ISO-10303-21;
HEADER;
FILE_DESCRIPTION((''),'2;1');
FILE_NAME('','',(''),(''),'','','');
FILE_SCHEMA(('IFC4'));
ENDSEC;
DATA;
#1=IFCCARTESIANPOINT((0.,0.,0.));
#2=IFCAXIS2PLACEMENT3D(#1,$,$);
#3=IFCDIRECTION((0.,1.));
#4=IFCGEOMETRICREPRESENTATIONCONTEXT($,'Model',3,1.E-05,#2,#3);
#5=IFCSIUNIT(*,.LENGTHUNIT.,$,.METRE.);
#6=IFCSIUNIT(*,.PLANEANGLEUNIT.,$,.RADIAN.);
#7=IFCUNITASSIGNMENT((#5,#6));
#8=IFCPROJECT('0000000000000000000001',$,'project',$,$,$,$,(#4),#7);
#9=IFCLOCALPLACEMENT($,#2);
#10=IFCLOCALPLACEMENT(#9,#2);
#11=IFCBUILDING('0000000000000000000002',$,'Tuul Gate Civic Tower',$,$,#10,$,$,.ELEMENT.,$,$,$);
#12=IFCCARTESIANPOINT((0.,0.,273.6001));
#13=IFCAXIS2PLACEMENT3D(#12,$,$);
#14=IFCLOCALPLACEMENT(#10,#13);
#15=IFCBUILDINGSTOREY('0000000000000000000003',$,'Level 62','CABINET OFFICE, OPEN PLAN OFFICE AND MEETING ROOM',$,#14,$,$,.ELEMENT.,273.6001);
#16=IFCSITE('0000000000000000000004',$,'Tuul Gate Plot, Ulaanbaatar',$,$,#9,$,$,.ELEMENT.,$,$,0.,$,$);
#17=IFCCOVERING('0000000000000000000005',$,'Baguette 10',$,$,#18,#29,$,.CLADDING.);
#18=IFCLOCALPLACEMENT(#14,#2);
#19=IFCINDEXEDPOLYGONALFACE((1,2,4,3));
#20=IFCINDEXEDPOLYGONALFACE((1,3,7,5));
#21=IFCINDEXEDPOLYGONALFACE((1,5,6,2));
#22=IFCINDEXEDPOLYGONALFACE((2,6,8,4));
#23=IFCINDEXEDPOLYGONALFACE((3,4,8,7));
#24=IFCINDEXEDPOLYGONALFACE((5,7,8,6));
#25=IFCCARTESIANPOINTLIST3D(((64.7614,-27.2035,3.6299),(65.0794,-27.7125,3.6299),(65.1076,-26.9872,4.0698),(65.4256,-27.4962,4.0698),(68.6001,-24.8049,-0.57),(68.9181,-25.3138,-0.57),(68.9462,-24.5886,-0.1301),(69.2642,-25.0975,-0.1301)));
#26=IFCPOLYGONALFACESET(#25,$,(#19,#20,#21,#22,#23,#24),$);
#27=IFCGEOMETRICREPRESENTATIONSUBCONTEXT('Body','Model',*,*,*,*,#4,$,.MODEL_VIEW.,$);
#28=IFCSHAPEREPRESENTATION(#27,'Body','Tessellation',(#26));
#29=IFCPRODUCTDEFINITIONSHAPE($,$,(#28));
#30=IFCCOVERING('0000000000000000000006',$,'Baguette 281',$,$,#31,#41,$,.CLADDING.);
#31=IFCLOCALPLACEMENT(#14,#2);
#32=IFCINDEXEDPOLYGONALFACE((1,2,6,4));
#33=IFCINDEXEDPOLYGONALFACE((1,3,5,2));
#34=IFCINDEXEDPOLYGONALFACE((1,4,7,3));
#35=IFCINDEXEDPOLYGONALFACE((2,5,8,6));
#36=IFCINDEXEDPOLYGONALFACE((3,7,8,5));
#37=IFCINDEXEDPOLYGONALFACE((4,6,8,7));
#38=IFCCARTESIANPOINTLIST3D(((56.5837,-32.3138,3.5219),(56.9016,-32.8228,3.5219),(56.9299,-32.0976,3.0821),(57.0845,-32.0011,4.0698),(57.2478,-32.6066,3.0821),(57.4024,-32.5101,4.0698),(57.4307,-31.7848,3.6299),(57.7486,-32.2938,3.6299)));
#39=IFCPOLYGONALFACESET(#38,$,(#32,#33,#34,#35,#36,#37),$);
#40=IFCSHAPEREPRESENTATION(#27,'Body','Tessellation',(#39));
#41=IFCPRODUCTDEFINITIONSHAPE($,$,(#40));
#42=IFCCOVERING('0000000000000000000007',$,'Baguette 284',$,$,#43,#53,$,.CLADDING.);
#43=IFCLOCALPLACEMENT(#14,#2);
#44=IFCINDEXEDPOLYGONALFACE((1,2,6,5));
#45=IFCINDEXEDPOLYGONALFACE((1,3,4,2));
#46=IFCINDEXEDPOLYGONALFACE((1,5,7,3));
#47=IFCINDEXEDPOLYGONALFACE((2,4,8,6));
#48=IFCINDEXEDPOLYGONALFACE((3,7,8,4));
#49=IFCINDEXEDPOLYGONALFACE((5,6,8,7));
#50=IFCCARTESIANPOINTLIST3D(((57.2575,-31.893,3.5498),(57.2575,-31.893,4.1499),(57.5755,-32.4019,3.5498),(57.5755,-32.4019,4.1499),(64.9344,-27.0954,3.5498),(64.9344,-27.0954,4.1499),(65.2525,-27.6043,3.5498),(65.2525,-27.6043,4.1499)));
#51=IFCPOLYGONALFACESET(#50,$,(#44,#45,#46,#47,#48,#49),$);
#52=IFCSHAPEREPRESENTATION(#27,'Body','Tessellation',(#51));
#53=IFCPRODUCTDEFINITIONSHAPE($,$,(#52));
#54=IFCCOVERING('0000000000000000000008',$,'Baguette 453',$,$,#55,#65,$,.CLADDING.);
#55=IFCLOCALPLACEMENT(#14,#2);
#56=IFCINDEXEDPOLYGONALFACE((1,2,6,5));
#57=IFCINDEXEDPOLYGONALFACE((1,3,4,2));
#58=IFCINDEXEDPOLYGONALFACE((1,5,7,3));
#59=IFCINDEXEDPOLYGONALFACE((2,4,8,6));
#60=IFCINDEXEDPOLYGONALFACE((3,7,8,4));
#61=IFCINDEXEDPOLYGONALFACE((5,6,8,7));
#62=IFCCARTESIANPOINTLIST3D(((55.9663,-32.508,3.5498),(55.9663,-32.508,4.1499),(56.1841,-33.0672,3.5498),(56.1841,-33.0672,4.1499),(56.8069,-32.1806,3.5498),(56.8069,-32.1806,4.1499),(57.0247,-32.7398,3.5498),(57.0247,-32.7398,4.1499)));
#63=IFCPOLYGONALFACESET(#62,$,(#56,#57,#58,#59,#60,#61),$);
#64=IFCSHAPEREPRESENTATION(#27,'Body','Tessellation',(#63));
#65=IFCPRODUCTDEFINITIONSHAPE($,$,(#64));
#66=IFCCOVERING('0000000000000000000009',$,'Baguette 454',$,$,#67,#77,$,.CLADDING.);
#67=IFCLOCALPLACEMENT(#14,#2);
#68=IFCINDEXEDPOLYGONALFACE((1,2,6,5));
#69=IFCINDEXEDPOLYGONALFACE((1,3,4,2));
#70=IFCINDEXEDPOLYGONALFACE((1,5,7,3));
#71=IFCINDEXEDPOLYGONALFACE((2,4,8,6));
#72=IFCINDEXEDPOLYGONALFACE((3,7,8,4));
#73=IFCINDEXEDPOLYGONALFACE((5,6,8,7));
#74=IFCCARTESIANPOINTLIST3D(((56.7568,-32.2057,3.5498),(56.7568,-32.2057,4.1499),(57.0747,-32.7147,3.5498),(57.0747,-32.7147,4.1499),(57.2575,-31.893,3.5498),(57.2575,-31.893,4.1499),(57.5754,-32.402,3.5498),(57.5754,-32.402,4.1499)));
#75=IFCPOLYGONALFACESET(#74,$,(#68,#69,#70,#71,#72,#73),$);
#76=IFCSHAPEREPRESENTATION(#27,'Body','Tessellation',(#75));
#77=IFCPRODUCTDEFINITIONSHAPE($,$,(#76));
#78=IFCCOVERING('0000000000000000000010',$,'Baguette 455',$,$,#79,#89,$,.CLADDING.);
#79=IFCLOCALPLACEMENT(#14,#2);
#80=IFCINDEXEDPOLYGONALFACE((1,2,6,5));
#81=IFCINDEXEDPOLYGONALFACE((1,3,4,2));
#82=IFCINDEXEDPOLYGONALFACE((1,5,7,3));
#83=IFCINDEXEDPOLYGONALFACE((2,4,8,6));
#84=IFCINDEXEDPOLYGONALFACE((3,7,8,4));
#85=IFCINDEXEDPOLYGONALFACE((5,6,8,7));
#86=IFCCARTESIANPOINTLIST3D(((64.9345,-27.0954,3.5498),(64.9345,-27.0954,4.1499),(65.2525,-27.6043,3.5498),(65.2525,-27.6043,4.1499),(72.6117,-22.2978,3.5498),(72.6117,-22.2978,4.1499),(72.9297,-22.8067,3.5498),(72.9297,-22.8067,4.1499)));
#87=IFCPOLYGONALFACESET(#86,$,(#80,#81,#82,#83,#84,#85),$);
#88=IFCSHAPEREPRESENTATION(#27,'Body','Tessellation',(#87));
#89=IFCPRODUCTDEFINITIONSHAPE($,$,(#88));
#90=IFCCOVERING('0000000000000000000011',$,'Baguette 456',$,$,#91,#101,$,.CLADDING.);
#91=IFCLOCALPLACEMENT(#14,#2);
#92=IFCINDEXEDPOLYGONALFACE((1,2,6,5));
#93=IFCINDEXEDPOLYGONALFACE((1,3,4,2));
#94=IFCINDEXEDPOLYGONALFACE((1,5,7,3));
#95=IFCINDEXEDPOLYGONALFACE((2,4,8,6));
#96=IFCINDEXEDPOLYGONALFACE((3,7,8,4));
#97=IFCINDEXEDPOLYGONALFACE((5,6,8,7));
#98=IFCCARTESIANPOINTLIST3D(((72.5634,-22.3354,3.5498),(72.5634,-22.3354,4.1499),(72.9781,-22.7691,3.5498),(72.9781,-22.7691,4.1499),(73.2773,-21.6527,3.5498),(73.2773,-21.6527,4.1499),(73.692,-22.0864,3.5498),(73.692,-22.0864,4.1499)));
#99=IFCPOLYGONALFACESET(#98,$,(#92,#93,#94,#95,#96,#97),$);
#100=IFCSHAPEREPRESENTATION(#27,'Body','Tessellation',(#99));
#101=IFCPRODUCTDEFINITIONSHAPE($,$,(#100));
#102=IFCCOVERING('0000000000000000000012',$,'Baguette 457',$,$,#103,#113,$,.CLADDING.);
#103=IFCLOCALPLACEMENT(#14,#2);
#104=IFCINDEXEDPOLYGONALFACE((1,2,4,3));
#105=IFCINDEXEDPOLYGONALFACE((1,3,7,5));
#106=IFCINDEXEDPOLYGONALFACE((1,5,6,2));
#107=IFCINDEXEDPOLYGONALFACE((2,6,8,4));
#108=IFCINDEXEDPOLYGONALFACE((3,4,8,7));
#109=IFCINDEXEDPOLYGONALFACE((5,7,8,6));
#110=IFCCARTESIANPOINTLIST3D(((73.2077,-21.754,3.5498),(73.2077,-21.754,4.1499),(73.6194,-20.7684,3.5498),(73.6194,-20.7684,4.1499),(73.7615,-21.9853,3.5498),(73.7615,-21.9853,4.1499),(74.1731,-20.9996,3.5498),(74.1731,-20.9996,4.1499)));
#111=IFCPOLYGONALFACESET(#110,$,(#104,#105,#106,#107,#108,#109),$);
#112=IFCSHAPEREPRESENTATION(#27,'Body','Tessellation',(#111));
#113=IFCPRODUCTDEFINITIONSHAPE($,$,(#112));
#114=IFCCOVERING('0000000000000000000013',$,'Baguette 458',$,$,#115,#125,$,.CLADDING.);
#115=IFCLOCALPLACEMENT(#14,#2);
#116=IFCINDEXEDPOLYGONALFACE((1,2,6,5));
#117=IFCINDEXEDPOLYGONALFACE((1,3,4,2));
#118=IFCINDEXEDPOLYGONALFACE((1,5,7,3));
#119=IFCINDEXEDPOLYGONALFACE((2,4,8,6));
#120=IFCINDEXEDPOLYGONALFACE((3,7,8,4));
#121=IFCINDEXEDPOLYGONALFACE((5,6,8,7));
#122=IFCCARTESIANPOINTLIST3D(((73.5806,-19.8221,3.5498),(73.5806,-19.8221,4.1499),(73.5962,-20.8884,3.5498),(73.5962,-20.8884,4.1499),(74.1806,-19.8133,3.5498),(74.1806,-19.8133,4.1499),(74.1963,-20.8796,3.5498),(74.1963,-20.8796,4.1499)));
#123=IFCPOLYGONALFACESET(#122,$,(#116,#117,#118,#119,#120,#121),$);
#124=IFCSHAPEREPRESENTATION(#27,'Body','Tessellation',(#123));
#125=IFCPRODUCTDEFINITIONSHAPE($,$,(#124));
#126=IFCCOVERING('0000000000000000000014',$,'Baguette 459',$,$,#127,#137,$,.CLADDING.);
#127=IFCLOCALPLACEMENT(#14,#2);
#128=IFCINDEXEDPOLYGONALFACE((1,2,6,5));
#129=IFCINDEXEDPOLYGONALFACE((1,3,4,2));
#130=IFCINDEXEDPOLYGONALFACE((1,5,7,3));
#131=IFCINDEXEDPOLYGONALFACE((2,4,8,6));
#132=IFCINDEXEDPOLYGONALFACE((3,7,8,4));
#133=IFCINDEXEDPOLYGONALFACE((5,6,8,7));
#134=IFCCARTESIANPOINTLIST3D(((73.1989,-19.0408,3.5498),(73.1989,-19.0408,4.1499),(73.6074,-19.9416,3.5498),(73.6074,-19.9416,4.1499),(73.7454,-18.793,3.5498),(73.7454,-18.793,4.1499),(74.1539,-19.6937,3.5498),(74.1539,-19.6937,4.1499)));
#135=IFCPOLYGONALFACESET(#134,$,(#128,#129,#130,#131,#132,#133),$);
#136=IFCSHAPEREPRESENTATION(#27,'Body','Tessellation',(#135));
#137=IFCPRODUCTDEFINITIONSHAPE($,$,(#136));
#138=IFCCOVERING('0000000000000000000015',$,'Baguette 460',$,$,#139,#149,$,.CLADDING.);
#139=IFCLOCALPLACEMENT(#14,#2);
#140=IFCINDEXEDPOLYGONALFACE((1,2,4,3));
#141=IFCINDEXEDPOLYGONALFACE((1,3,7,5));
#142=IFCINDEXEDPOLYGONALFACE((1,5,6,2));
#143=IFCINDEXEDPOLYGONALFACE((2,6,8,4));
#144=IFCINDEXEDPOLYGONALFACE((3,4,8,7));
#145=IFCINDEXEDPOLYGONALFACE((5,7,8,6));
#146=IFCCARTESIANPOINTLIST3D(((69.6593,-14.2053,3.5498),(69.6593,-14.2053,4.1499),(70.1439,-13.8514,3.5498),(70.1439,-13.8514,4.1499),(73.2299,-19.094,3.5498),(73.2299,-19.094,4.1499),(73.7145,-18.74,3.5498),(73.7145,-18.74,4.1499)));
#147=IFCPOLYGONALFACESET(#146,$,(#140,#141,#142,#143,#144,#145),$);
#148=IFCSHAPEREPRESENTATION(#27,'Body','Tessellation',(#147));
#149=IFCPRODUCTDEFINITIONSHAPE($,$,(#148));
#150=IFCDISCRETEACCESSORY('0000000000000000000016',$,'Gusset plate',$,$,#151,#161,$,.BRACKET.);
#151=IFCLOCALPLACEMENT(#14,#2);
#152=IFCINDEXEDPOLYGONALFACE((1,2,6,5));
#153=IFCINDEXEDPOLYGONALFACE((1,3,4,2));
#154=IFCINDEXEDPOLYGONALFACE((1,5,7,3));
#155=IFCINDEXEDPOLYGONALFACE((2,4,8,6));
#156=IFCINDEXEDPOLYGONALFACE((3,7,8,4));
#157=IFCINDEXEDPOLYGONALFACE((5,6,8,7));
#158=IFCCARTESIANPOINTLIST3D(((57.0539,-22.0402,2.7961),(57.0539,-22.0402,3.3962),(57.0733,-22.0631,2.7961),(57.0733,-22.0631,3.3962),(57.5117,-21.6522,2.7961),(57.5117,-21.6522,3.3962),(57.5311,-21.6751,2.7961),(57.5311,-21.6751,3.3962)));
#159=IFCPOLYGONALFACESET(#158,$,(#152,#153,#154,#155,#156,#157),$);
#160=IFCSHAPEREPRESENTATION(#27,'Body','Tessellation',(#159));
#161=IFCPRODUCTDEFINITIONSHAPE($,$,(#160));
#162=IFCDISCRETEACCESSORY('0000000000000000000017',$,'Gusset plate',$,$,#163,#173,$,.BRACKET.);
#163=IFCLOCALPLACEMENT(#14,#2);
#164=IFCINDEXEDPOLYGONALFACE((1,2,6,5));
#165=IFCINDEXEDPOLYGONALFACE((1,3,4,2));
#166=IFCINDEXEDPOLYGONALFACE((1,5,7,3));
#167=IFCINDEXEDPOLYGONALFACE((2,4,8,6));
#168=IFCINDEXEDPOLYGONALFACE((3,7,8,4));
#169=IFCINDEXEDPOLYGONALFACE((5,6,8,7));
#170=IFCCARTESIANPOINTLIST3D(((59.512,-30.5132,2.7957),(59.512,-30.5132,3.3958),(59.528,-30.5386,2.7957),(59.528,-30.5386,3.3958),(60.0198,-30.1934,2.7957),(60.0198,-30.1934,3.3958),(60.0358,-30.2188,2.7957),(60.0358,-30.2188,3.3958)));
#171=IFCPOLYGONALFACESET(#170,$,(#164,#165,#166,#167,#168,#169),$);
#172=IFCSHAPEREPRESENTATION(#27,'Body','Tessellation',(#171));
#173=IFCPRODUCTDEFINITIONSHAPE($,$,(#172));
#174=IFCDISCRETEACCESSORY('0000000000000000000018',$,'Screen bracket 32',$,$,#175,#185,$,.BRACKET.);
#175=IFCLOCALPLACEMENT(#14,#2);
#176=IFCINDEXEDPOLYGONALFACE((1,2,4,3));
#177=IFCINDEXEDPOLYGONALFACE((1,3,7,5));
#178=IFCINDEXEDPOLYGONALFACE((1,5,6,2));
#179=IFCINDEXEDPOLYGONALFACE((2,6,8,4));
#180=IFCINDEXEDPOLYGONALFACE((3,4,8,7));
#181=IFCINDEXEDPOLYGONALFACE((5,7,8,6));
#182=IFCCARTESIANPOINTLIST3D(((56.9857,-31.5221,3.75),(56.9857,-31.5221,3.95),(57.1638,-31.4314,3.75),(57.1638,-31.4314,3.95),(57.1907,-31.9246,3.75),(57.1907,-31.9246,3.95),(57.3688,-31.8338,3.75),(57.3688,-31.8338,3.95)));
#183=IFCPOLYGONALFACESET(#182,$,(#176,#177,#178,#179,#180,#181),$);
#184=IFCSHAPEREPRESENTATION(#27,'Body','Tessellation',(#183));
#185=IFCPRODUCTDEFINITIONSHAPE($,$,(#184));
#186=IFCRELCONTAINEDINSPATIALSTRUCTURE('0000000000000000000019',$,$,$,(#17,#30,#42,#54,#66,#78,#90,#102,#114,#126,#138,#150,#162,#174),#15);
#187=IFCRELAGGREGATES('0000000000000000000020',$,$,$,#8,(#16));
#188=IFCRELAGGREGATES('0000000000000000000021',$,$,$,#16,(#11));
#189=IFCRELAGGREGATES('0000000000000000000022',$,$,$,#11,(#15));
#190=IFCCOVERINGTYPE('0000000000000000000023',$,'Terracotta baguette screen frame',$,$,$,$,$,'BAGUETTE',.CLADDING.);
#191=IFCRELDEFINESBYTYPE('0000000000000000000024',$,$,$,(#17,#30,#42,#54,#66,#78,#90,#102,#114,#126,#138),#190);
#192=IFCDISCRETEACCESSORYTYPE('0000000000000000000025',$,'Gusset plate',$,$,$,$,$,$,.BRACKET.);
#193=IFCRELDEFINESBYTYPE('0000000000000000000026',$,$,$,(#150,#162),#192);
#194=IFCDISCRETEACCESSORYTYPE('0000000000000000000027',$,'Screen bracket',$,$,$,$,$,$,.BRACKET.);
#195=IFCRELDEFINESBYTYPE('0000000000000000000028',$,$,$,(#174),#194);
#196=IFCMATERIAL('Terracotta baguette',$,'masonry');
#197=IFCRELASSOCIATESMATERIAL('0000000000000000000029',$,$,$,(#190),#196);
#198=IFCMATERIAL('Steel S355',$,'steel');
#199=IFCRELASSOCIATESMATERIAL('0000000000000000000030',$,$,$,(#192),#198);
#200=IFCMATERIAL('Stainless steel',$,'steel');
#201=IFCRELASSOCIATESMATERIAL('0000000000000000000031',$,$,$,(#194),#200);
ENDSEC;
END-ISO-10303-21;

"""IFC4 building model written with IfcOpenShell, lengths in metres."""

from ifc_helpers import new_model, si_unit, direction, frame, origin, origin_2d, place, context, subcontext, project, spatial, rectangle, extrude, material, material_profile, profile_set, type_object, element, save


model = new_model("IFC4")

# Units and contexts
model_context = context("Model", 3, precision=1e-05, world=origin(), true_north=direction((0.0, 1.0)))
body_context = subcontext(model_context, "Body", "Model", "MODEL_VIEW")
ifc_project = project(units=[si_unit("LENGTHUNIT", "METRE"), si_unit("PLANEANGLEUNIT", "RADIAN")], contexts=[model_context])

# Site, building, storey
site_placement = place(None, origin())
site = spatial("IfcSite", under=ifc_project, at=site_placement, Name="Tuul Gate Plot, Ulaanbaatar", CompositionType="ELEMENT", RefElevation=0.0)
building_placement = place(site_placement, origin())
building = spatial("IfcBuilding", under=site, at=building_placement, Name="Tuul Gate Civic Tower", CompositionType="ELEMENT")
storey_placement = place(building_placement, frame((0.0, 0.0, 273.6001)))
storey = spatial("IfcBuildingStorey", under=building, at=storey_placement, Name="Level 62", Description="CABINET OFFICE, OPEN PLAN OFFICE AND MEETING ROOM", CompositionType="ELEMENT", Elevation=273.6001)

# Coverings
ifc_material_1 = material(Name="Terracotta baguette", Category="masonry")
ifc_material_profile_1 = material_profile(ifc_material_1, rectangle(XDim=0.6001, YDim=0.6001, at=origin_2d()), Name="Terracotta baguette screen frame")
ifc_profile_set_1 = profile_set([ifc_material_profile_1], Name="Terracotta baguette")
covering_type = type_object("IfcCoveringType", Name="Terracotta baguette screen frame", ElementType="BAGUETTE", PredefinedType="CLADDING", material=ifc_profile_set_1)
covering_1_placement = place(storey_placement, frame((68.9321, -24.9512, -0.3501), z_axis=(-0.621658, -0.388462, 0.680175), x_axis=(0.529926, -0.848044, 0.0)))
element("IfcCovering", 1, at=covering_1_placement, inside=storey, type_object=covering_type, Name="Baguette 10", PredefinedType="CLADDING", context=body_context, shape_type="SweptSolid", body=[
    extrude(rectangle(XDim=0.6001, YDim=0.6001, at=origin_2d()), origin(), (0.0, 0.0, 1.0), 6.1748),
])
covering_2_placement = place(storey_placement, frame((56.9158, -32.4602, 3.302), z_axis=(0.621712, 0.388305, 0.680216), x_axis=(-0.529739, 0.848161, 0.0)))
element("IfcCovering", 2, at=covering_2_placement, inside=storey, type_object=covering_type, Name="Baguette 281", PredefinedType="CLADDING", context=body_context, shape_type="SweptSolid", body=[
    extrude(rectangle(XDim=0.6001, YDim=0.6001, at=origin_2d()), origin(), (0.0, 0.0, 1.0), 0.8054),
])
covering_3_placement = place(storey_placement, frame((57.4165, -32.1475, 3.8499), z_axis=(0.848024, 0.529958, 0.0), x_axis=(-0.529958, 0.848024, 0.0)))
element("IfcCovering", 3, at=covering_3_placement, inside=storey, type_object=covering_type, Name="Baguette 284", PredefinedType="CLADDING", context=body_context, shape_type="SweptSolid", body=[
    extrude(rectangle(XDim=0.6001, YDim=0.6001, at=origin_2d()), origin(), (0.0, 0.0, 1.0), 9.0527),
])
covering_4_placement = place(storey_placement, frame((56.0752, -32.7876, 3.8499), z_axis=(0.931817, 0.362929, 0.0), x_axis=(-0.362929, 0.931817, 0.0)))
element("IfcCovering", 4, at=covering_4_placement, inside=storey, type_object=covering_type, Name="Baguette 453", PredefinedType="CLADDING", context=body_context, shape_type="SweptSolid", body=[
    extrude(rectangle(XDim=0.6001, YDim=0.6001, at=origin_2d()), origin(), (0.0, 0.0, 1.0), 0.9021),
])
covering_5_placement = place(storey_placement, frame((56.9158, -32.4602, 3.8499), z_axis=(0.848161, 0.529739, 0.0), x_axis=(-0.529739, 0.848161, 0.0)))
element("IfcCovering", 5, at=covering_5_placement, inside=storey, type_object=covering_type, Name="Baguette 454", PredefinedType="CLADDING", context=body_context, shape_type="SweptSolid", body=[
    extrude(rectangle(XDim=0.6001, YDim=0.6001, at=origin_2d()), origin(), (0.0, 0.0, 1.0), 0.5903),
])
covering_6_placement = place(storey_placement, frame((65.0935, -27.3499, 3.8499), z_axis=(0.848032, 0.529946, 0.0), x_axis=(-0.529946, 0.848032, 0.0)))
element("IfcCovering", 6, at=covering_6_placement, inside=storey, type_object=covering_type, Name="Baguette 455", PredefinedType="CLADDING", context=body_context, shape_type="SweptSolid", body=[
    extrude(rectangle(XDim=0.6001, YDim=0.6001, at=origin_2d()), origin(), (0.0, 0.0, 1.0), 9.053),
])
covering_7_placement = place(storey_placement, frame((72.7708, -22.5522, 3.8499), z_axis=(0.722749, 0.69111, 0.0), x_axis=(-0.69111, 0.722749, 0.0)))
element("IfcCovering", 7, at=covering_7_placement, inside=storey, type_object=covering_type, Name="Baguette 456", PredefinedType="CLADDING", context=body_context, shape_type="SweptSolid", body=[
    extrude(rectangle(XDim=0.6001, YDim=0.6001, at=origin_2d()), origin(), (0.0, 0.0, 1.0), 0.9878),
])
covering_8_placement = place(storey_placement, frame((73.4846, -21.8696, 3.8499), z_axis=(0.385378, 0.922759, 0.0), x_axis=(-0.922759, 0.385378, 0.0)))
element("IfcCovering", 8, at=covering_8_placement, inside=storey, type_object=covering_type, Name="Baguette 457", PredefinedType="CLADDING", context=body_context, shape_type="SweptSolid", body=[
    extrude(rectangle(XDim=0.6001, YDim=0.6001, at=origin_2d()), origin(), (0.0, 0.0, 1.0), 1.0681),
])
covering_9_placement = place(storey_placement, frame((73.8962, -20.884, 3.8499), z_axis=(-0.01465, 0.999893, 0.0), x_axis=(-0.999893, -0.01465, 0.0)))
element("IfcCovering", 9, at=covering_9_placement, inside=storey, type_object=covering_type, Name="Baguette 458", PredefinedType="CLADDING", context=body_context, shape_type="SweptSolid", body=[
    extrude(rectangle(XDim=0.6001, YDim=0.6001, at=origin_2d()), origin(), (0.0, 0.0, 1.0), 1.0664),
])
covering_10_placement = place(storey_placement, frame((73.8806, -19.8176, 3.8499), z_axis=(-0.413022, 0.910721, 0.0), x_axis=(-0.910721, -0.413022, 0.0)))
element("IfcCovering", 10, at=covering_10_placement, inside=storey, type_object=covering_type, Name="Baguette 459", PredefinedType="CLADDING", context=body_context, shape_type="SweptSolid", body=[
    extrude(rectangle(XDim=0.6001, YDim=0.6001, at=origin_2d()), origin(), (0.0, 0.0, 1.0), 0.989),
])
covering_11_placement = place(storey_placement, frame((73.4722, -18.917, 3.8499), z_axis=(-0.589808, 0.807543, 0.0), x_axis=(-0.807543, -0.589808, 0.0)))
element("IfcCovering", 11, at=covering_11_placement, inside=storey, type_object=covering_type, Name="Baguette 460", PredefinedType="CLADDING", context=body_context, shape_type="SweptSolid", body=[
    extrude(rectangle(XDim=0.6001, YDim=0.6001, at=origin_2d()), origin(), (0.0, 0.0, 1.0), 6.0537),
])

# Discrete accessories
ifc_material_2 = material(Name="Steel S355", Category="steel")
discrete_accessory_type_1 = type_object("IfcDiscreteAccessoryType", Name="Gusset plate", PredefinedType="BRACKET", material=ifc_material_2)
for number, where, z_axis, x_axis, name in (
    (12, (57.2925, -21.8577, 2.7961), (0.0, 0.0, 1.0), (0.762825, 0.646605, 0.0), "Gusset plate"),
    (13, (59.7739, -30.366, 2.7957), (0.0, 0.0, 1.0), (0.846187, 0.532886, 0.0), "Gusset plate"),
):
    element("IfcDiscreteAccessory", number, at=place(storey_placement, frame(where, z_axis=z_axis, x_axis=x_axis)), inside=storey, type_object=discrete_accessory_type_1, Name=name, PredefinedType="BRACKET", context=body_context, shape_type="SweptSolid", body=[
        extrude(rectangle(XDim=0.6001, YDim=0.03, at=origin_2d()), origin(), (0.0, 0.0, 1.0), 0.6001),
    ])
ifc_material_3 = material(Name="Stainless steel", Category="steel")
discrete_accessory_type_2 = type_object("IfcDiscreteAccessoryType", Name="Screen bracket", PredefinedType="BRACKET", material=ifc_material_3)
discrete_accessory_placement = place(storey_placement, frame((57.1772, -31.678, 3.75), z_axis=(0.0, 0.0, 1.0), x_axis=(0.453861, -0.891072, 0.0)))
element("IfcDiscreteAccessory", 14, at=discrete_accessory_placement, inside=storey, type_object=discrete_accessory_type_2, Name="Screen bracket 32", PredefinedType="BRACKET", context=body_context, shape_type="SweptSolid", body=[
    extrude(rectangle(XDim=0.4517, YDim=0.2, at=origin_2d()), origin(), (0.0, 0.0, 1.0), 0.2),
])

save(model, "model.ifc")
